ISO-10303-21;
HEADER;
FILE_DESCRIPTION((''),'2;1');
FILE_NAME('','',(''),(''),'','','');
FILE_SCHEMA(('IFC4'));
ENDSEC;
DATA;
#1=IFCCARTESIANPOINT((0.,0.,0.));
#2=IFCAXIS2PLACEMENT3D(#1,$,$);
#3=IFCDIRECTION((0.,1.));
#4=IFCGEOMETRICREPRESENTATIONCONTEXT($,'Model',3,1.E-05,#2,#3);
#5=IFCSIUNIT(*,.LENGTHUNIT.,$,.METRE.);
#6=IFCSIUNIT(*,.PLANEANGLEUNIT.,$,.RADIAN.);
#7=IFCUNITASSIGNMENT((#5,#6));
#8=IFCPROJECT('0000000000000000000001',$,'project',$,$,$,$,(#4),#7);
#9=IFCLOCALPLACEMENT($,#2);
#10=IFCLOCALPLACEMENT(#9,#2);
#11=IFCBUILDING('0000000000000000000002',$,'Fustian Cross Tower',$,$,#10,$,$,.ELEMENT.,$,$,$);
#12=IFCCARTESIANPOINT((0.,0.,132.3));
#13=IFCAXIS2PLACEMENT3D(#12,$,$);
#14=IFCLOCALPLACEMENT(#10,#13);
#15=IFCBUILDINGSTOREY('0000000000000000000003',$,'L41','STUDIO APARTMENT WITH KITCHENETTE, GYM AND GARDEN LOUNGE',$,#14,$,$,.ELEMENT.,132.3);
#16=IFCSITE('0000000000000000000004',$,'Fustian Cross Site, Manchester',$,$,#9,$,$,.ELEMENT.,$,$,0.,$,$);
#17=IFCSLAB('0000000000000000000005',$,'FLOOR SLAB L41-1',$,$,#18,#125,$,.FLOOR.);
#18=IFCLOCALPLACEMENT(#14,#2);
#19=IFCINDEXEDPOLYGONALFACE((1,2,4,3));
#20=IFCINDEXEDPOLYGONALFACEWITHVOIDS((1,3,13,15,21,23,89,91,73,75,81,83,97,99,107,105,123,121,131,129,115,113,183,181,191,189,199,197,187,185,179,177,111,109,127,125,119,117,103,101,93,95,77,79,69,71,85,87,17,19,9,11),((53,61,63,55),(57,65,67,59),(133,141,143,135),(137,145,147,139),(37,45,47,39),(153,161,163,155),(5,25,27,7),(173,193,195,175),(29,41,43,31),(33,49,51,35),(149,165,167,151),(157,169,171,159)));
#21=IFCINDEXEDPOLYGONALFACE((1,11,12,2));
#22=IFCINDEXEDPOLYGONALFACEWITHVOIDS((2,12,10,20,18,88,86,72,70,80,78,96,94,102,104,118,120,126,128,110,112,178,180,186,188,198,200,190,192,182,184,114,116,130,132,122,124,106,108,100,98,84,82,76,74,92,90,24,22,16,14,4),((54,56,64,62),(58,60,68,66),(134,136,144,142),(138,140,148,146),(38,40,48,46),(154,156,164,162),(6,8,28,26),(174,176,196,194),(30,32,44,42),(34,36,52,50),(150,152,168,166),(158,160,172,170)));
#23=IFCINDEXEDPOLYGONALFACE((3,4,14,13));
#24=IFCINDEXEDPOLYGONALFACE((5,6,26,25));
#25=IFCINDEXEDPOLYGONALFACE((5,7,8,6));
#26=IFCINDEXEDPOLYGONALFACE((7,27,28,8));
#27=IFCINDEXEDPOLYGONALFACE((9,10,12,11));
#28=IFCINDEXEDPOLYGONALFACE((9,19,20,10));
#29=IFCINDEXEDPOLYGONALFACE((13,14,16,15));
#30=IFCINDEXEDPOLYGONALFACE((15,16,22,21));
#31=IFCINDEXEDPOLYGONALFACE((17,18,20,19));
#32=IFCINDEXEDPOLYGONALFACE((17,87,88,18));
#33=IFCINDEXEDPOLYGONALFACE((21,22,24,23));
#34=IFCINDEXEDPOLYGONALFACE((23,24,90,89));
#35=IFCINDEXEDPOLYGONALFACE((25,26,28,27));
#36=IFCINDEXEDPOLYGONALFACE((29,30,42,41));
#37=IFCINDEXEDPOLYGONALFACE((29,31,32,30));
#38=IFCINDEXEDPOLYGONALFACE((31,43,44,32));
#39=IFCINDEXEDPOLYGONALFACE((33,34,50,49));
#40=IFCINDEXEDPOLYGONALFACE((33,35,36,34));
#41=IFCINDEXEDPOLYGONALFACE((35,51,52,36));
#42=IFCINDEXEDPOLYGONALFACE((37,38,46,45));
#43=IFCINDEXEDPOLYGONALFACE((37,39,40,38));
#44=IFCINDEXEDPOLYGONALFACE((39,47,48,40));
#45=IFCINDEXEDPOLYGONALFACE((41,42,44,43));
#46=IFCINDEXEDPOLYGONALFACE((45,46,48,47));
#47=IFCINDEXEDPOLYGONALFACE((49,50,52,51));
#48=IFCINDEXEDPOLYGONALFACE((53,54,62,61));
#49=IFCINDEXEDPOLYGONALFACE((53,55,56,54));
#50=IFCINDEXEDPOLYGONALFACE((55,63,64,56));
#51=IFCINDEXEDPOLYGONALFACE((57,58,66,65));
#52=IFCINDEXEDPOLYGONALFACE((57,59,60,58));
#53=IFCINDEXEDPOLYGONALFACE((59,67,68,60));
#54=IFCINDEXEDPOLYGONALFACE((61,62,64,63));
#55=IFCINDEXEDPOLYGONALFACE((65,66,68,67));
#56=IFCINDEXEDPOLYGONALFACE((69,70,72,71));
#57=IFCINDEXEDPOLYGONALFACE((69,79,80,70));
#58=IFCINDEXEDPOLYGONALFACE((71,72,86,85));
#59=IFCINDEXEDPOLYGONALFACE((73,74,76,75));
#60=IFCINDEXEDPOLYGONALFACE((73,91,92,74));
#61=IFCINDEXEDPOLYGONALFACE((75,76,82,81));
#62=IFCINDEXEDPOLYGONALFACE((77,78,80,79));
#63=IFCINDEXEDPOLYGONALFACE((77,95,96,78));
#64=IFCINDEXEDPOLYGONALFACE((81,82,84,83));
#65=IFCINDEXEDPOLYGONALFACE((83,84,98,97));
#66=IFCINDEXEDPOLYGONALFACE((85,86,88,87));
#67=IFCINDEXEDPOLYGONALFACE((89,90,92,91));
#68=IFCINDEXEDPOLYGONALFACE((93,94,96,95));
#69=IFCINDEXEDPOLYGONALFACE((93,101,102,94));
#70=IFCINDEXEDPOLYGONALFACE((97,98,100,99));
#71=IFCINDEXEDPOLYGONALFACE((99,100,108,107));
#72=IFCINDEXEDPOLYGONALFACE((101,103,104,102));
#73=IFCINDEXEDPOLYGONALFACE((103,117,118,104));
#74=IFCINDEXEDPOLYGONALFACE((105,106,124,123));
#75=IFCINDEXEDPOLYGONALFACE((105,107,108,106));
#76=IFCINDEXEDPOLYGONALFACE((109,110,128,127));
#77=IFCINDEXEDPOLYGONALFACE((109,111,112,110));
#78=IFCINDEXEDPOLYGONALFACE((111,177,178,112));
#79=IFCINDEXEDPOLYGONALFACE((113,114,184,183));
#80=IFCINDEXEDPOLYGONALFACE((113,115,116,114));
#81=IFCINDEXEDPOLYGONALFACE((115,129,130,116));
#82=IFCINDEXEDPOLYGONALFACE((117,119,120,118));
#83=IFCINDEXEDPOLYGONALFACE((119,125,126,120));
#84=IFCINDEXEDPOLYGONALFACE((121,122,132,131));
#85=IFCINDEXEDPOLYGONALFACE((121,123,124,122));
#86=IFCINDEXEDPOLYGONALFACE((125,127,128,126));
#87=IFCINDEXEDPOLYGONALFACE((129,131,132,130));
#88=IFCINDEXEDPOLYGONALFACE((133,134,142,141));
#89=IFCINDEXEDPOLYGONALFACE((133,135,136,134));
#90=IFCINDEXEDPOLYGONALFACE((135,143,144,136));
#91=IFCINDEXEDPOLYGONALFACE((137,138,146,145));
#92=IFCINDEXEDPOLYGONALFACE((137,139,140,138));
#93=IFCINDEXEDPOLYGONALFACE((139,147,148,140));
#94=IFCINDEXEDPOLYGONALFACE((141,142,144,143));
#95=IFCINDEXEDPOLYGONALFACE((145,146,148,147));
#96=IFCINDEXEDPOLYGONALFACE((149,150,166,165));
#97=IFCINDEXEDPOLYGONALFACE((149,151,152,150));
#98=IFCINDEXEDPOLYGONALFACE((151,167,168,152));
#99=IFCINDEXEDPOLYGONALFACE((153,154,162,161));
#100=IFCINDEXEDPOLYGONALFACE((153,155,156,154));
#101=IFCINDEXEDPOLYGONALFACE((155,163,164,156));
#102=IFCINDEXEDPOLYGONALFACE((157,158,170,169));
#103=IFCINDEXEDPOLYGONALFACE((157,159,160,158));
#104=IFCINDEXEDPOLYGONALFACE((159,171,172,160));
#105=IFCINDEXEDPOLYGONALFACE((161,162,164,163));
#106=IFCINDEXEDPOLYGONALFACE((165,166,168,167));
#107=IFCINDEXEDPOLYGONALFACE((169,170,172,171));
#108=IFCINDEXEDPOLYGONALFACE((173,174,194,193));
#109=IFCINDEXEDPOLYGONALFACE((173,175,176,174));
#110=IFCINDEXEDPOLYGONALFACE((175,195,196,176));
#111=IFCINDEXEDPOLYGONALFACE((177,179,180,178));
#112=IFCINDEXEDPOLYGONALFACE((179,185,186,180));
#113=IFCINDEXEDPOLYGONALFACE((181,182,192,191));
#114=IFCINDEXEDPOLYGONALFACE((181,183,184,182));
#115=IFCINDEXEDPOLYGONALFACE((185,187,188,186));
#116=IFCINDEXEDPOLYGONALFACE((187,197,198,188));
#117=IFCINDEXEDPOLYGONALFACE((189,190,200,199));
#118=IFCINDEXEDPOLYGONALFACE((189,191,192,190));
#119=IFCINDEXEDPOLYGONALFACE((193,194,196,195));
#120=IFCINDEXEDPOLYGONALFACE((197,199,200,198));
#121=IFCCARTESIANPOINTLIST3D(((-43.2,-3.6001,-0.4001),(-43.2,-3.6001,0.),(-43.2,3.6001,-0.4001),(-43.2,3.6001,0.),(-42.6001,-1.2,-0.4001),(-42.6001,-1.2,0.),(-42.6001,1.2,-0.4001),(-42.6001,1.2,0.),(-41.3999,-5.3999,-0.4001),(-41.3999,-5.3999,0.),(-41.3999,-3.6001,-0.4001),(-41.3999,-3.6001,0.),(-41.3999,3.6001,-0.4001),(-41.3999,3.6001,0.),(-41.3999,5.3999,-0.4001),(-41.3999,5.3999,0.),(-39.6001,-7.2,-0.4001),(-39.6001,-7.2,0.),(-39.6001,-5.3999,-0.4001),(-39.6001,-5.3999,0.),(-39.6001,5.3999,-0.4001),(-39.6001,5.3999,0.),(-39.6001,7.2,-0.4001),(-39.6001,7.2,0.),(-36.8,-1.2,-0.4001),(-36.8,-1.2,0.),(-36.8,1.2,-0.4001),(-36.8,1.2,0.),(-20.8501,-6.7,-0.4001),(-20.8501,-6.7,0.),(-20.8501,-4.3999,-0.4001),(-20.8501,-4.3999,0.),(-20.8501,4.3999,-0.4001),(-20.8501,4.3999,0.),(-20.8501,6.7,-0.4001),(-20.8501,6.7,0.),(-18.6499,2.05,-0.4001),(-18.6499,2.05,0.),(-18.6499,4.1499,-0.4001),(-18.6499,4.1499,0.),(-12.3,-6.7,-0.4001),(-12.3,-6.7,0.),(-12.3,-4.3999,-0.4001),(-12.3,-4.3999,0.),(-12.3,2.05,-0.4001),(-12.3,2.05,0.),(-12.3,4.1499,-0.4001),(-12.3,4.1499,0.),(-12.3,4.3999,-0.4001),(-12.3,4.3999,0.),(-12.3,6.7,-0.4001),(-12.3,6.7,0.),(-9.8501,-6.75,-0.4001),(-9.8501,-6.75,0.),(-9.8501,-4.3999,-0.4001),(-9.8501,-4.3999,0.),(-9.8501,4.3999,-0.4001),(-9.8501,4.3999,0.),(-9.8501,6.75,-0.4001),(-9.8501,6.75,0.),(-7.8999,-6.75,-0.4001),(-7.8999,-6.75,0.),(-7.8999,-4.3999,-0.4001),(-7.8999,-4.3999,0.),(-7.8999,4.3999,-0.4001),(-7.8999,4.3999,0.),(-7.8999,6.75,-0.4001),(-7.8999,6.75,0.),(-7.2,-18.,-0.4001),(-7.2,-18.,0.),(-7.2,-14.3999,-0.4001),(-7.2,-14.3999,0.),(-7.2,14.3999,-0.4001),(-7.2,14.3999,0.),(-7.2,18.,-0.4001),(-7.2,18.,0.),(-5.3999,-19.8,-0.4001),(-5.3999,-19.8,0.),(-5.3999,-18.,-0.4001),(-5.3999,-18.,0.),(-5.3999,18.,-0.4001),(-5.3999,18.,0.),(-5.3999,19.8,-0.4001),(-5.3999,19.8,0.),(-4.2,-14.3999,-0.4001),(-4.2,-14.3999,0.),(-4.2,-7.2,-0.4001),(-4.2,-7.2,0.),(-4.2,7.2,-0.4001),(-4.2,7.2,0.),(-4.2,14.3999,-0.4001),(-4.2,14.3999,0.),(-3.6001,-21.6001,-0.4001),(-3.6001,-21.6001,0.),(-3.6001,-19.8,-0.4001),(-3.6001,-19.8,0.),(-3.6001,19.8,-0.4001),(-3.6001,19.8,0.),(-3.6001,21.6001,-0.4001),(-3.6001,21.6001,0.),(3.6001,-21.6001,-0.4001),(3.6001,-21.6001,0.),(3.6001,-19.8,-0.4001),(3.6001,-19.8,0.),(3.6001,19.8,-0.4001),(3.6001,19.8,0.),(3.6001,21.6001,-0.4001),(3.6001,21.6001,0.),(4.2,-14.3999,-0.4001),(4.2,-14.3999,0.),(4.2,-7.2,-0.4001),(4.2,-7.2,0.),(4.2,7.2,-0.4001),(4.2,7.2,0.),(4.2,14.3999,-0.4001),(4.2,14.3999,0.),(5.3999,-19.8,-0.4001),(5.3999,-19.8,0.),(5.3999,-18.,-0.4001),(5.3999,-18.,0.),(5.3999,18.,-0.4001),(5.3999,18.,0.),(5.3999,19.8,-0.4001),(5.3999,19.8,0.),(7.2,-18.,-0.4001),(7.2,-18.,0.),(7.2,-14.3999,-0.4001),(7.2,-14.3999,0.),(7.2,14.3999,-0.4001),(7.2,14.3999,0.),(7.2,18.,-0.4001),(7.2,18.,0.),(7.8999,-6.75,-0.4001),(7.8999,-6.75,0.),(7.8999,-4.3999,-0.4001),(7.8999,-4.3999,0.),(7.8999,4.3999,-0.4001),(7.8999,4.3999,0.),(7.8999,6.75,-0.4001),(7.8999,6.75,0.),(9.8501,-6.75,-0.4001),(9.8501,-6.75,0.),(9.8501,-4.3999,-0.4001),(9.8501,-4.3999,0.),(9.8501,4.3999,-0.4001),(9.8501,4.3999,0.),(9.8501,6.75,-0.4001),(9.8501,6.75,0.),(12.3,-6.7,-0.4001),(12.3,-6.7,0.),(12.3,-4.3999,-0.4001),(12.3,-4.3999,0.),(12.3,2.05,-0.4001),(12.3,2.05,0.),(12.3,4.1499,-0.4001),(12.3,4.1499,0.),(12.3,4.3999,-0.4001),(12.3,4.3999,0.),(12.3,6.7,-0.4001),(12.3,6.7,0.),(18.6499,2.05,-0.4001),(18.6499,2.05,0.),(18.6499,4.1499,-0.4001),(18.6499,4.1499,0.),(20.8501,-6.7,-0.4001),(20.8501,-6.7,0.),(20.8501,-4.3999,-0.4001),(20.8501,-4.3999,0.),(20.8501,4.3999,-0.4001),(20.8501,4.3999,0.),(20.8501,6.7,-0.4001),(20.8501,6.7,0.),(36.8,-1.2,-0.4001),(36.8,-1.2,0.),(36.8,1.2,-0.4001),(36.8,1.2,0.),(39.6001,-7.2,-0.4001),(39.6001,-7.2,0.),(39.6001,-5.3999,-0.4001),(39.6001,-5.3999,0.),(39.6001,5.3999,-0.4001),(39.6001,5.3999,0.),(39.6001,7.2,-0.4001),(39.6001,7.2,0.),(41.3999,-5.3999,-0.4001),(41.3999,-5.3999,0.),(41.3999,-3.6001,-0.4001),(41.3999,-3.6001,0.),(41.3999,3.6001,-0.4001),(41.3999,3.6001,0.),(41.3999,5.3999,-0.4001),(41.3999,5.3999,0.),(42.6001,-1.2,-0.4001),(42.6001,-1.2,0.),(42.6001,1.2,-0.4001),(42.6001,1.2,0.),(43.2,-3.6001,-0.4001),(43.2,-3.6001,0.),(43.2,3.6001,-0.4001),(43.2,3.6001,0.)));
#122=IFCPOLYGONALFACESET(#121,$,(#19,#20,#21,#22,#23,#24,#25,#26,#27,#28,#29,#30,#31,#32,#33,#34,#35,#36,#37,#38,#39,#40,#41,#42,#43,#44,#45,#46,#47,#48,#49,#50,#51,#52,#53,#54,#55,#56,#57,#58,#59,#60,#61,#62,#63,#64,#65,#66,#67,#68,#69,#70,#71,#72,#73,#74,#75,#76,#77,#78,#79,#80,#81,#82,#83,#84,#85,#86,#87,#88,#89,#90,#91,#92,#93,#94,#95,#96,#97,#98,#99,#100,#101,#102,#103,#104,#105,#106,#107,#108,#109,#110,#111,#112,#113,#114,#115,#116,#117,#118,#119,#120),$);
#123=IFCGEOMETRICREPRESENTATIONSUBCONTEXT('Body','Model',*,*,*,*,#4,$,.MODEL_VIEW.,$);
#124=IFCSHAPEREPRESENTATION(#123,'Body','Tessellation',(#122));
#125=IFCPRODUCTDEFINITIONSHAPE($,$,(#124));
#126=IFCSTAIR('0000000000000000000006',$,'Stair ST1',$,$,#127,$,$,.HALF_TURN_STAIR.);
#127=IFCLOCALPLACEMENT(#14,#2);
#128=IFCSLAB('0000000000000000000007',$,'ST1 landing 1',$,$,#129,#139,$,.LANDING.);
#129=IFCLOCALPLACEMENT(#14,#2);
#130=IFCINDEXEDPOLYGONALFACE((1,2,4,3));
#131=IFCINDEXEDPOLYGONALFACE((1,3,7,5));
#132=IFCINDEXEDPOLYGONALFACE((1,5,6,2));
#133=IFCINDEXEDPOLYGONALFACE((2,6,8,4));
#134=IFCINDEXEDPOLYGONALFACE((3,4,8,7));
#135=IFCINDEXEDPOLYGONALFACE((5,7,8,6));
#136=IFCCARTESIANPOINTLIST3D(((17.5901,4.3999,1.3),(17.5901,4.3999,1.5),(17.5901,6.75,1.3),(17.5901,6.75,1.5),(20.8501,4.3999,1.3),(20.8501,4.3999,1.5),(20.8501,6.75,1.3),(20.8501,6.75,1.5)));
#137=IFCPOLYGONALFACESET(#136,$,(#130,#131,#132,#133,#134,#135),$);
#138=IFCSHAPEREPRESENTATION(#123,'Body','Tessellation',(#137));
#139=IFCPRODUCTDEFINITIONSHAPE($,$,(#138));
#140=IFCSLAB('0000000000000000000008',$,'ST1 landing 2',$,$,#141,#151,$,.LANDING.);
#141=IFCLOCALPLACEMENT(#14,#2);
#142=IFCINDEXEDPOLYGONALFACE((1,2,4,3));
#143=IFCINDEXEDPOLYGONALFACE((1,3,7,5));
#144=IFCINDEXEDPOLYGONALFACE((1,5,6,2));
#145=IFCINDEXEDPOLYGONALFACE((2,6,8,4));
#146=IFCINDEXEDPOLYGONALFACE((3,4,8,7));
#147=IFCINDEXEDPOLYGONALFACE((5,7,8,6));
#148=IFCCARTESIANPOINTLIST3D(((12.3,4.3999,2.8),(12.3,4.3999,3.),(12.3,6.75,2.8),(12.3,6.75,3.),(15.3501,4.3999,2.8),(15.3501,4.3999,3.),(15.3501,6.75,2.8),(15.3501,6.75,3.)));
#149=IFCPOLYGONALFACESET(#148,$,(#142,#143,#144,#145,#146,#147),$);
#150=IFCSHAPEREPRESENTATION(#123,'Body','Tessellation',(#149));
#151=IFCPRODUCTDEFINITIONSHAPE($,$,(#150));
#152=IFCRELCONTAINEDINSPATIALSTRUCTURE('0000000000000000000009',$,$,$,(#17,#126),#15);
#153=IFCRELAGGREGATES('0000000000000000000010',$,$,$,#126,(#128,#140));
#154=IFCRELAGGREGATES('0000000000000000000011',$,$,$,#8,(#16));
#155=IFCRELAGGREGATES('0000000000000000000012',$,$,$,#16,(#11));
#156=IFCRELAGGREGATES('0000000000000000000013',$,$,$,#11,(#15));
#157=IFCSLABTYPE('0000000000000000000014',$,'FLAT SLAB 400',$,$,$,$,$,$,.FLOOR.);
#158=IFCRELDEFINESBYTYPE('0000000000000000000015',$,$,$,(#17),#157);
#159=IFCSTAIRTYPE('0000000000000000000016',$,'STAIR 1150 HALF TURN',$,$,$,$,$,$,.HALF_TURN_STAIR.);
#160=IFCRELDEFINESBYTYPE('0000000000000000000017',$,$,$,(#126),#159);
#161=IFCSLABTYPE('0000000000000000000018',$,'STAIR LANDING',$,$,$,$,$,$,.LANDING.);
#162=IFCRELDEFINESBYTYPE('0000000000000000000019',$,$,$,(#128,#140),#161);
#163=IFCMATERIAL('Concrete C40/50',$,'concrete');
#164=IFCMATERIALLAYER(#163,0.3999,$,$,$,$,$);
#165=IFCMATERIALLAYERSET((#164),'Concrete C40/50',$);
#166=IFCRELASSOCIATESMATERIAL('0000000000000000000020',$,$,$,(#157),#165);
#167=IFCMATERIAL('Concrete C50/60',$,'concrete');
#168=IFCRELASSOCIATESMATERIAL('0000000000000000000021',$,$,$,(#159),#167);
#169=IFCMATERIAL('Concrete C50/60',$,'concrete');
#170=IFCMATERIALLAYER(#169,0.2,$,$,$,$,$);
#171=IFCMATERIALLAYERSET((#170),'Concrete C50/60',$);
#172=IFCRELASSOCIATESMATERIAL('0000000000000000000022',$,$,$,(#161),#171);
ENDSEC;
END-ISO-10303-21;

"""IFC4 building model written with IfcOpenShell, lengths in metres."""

from ifc_helpers import new_model, si_unit, direction, frame, origin, place, context, subcontext, project, spatial, polyline, outline, extrude, material, layer, layer_set, type_object, element, aggregate, save


model = new_model("IFC4")

# Units and contexts
model_context = context("Model", 3, precision=1e-05, world=origin(), true_north=direction((0.0, 1.0)))
body_context = subcontext(model_context, "Body", "Model", "MODEL_VIEW")
ifc_project = project(units=[si_unit("LENGTHUNIT", "METRE"), si_unit("PLANEANGLEUNIT", "RADIAN")], contexts=[model_context])

# Site, building, storey
site_placement = place(None, origin())
site = spatial("IfcSite", under=ifc_project, at=site_placement, Name="Fustian Cross Site, Manchester", CompositionType="ELEMENT", RefElevation=0.0)
building_placement = place(site_placement, origin())
building = spatial("IfcBuilding", under=site, at=building_placement, Name="Fustian Cross Tower", CompositionType="ELEMENT")
storey_placement = place(building_placement, frame((0.0, 0.0, 132.3)))
storey = spatial("IfcBuildingStorey", under=building, at=storey_placement, Name="L41", Description="STUDIO APARTMENT WITH KITCHENETTE, GYM AND GARDEN LOUNGE", CompositionType="ELEMENT", Elevation=132.3)

# Slab
ifc_material_1 = material(Name="Concrete C40/50", Category="concrete")
ifc_layer_1 = layer(ifc_material_1, 0.3999)
ifc_layer_set_1 = layer_set([ifc_layer_1], Name="Concrete C40/50")
slab_type_1 = type_object("IfcSlabType", Name="FLAT SLAB 400", PredefinedType="FLOOR", material=ifc_layer_set_1)
slab_1_placement = place(storey_placement, frame((0.0, 0.0, -0.4001)))
element("IfcSlab", 1, at=slab_1_placement, inside=storey, type_object=slab_type_1, Name="FLOOR SLAB L41-1", PredefinedType="FLOOR", context=body_context, shape_type="SweptSolid", body=[
    extrude(outline(polyline([(-5.3999, -18.0), (-7.2, -18.0), (-7.2, -14.3999), (-4.2, -14.3999), (-4.2, -7.2), (-39.6001, -7.2), (-39.6001, -5.3999), (-41.3999, -5.3999), (-41.3999, -3.6001), (-43.2, -3.6001), (-43.2, 3.6001), (-41.3999, 3.6001), (-41.3999, 5.3999), (-39.6001, 5.3999), (-39.6001, 7.2), (-4.2, 7.2), (-4.2, 14.3999), (-7.2, 14.3999), (-7.2, 18.0), (-5.3999, 18.0), (-5.3999, 19.8), (-3.6001, 19.8), (-3.6001, 21.6001), (3.6001, 21.6001), (3.6001, 19.8), (5.3999, 19.8), (5.3999, 18.0), (7.2, 18.0), (7.2, 14.3999), (4.2, 14.3999), (4.2, 7.2), (39.6001, 7.2), (39.6001, 5.3999), (41.3999, 5.3999), (41.3999, 3.6001), (43.2, 3.6001), (43.2, -3.6001), (41.3999, -3.6001), (41.3999, -5.3999), (39.6001, -5.3999), (39.6001, -7.2), (4.2, -7.2), (4.2, -14.3999), (7.2, -14.3999), (7.2, -18.0), (5.3999, -18.0), (5.3999, -19.8), (3.6001, -19.8), (3.6001, -21.6001), (-3.6001, -21.6001), (-3.6001, -19.8), (-5.3999, -19.8), (-5.3999, -18.0)]), holes=[polyline([(9.8501, 4.3999), (9.8501, 6.75), (7.8999, 6.75), (7.8999, 4.3999), (9.8501, 4.3999)]), polyline([(7.8999, -6.75), (9.8501, -6.75), (9.8501, -4.3999), (7.8999, -4.3999), (7.8999, -6.75)]), polyline([(-9.8501, 6.75), (-9.8501, 4.3999), (-7.8999, 4.3999), (-7.8999, 6.75), (-9.8501, 6.75)]), polyline([(-7.8999, -4.3999), (-9.8501, -4.3999), (-9.8501, -6.75), (-7.8999, -6.75), (-7.8999, -4.3999)]), polyline([(18.6499, 2.05), (18.6499, 4.1499), (12.3, 4.1499), (12.3, 2.05), (18.6499, 2.05)]), polyline([(-18.6499, 2.05), (-12.3, 2.05), (-12.3, 4.1499), (-18.6499, 4.1499), (-18.6499, 2.05)]), polyline([(12.3, 6.7), (12.3, 4.3999), (20.8501, 4.3999), (20.8501, 6.7), (12.3, 6.7)]), polyline([(20.8501, -4.3999), (12.3, -4.3999), (12.3, -6.7), (20.8501, -6.7), (20.8501, -4.3999)]), polyline([(-12.3, 4.3999), (-12.3, 6.7), (-20.8501, 6.7), (-20.8501, 4.3999), (-12.3, 4.3999)]), polyline([(-20.8501, -6.7), (-12.3, -6.7), (-12.3, -4.3999), (-20.8501, -4.3999), (-20.8501, -6.7)]), polyline([(36.8, 1.2), (36.8, -1.2), (42.6001, -1.2), (42.6001, 1.2), (36.8, 1.2)]), polyline([(-36.8, 1.2), (-42.6001, 1.2), (-42.6001, -1.2), (-36.8, -1.2), (-36.8, 1.2)])]), origin(), (0.0, 0.0, 1.0), 0.4001),
])

# Stair, slabs
ifc_material_2 = material(Name="Concrete C50/60", Category="concrete")
stair_type = type_object("IfcStairType", Name="STAIR 1150 HALF TURN", PredefinedType="HALF_TURN_STAIR", material=ifc_material_2)
stair_placement = place(storey_placement, origin())
stair = element("IfcStair", 2, at=stair_placement, inside=storey, type_object=stair_type, Name="Stair ST1", PredefinedType="HALF_TURN_STAIR")
ifc_material_3 = material(Name="Concrete C50/60", Category="concrete")
ifc_layer_2 = layer(ifc_material_3, 0.2)
ifc_layer_set_2 = layer_set([ifc_layer_2], Name="Concrete C50/60")
slab_type_2 = type_object("IfcSlabType", Name="STAIR LANDING", PredefinedType="LANDING", material=ifc_layer_set_2)
slab_2_placement = place(storey_placement, frame((0.0, 0.0, 1.3)))
slab_2 = element("IfcSlab", 3, at=slab_2_placement, type_object=slab_type_2, Name="ST1 landing 1", PredefinedType="LANDING", context=body_context, shape_type="SweptSolid", body=[
    extrude(outline(polyline([(17.5901, 4.3999), (20.8501, 4.3999), (20.8501, 6.75), (17.5901, 6.75), (17.5901, 4.3999)])), origin(), (0.0, 0.0, 1.0), 0.2),
])
slab_3_placement = place(storey_placement, frame((0.0, 0.0, 2.8)))
slab_3 = element("IfcSlab", 4, at=slab_3_placement, type_object=slab_type_2, Name="ST1 landing 2", PredefinedType="LANDING", context=body_context, shape_type="SweptSolid", body=[
    extrude(outline(polyline([(12.3, 4.3999), (15.3501, 4.3999), (15.3501, 6.75), (12.3, 6.75), (12.3, 4.3999)])), origin(), (0.0, 0.0, 1.0), 0.2),
])
aggregate(stair, [slab_2, slab_3])

save(model, "model.ifc")
